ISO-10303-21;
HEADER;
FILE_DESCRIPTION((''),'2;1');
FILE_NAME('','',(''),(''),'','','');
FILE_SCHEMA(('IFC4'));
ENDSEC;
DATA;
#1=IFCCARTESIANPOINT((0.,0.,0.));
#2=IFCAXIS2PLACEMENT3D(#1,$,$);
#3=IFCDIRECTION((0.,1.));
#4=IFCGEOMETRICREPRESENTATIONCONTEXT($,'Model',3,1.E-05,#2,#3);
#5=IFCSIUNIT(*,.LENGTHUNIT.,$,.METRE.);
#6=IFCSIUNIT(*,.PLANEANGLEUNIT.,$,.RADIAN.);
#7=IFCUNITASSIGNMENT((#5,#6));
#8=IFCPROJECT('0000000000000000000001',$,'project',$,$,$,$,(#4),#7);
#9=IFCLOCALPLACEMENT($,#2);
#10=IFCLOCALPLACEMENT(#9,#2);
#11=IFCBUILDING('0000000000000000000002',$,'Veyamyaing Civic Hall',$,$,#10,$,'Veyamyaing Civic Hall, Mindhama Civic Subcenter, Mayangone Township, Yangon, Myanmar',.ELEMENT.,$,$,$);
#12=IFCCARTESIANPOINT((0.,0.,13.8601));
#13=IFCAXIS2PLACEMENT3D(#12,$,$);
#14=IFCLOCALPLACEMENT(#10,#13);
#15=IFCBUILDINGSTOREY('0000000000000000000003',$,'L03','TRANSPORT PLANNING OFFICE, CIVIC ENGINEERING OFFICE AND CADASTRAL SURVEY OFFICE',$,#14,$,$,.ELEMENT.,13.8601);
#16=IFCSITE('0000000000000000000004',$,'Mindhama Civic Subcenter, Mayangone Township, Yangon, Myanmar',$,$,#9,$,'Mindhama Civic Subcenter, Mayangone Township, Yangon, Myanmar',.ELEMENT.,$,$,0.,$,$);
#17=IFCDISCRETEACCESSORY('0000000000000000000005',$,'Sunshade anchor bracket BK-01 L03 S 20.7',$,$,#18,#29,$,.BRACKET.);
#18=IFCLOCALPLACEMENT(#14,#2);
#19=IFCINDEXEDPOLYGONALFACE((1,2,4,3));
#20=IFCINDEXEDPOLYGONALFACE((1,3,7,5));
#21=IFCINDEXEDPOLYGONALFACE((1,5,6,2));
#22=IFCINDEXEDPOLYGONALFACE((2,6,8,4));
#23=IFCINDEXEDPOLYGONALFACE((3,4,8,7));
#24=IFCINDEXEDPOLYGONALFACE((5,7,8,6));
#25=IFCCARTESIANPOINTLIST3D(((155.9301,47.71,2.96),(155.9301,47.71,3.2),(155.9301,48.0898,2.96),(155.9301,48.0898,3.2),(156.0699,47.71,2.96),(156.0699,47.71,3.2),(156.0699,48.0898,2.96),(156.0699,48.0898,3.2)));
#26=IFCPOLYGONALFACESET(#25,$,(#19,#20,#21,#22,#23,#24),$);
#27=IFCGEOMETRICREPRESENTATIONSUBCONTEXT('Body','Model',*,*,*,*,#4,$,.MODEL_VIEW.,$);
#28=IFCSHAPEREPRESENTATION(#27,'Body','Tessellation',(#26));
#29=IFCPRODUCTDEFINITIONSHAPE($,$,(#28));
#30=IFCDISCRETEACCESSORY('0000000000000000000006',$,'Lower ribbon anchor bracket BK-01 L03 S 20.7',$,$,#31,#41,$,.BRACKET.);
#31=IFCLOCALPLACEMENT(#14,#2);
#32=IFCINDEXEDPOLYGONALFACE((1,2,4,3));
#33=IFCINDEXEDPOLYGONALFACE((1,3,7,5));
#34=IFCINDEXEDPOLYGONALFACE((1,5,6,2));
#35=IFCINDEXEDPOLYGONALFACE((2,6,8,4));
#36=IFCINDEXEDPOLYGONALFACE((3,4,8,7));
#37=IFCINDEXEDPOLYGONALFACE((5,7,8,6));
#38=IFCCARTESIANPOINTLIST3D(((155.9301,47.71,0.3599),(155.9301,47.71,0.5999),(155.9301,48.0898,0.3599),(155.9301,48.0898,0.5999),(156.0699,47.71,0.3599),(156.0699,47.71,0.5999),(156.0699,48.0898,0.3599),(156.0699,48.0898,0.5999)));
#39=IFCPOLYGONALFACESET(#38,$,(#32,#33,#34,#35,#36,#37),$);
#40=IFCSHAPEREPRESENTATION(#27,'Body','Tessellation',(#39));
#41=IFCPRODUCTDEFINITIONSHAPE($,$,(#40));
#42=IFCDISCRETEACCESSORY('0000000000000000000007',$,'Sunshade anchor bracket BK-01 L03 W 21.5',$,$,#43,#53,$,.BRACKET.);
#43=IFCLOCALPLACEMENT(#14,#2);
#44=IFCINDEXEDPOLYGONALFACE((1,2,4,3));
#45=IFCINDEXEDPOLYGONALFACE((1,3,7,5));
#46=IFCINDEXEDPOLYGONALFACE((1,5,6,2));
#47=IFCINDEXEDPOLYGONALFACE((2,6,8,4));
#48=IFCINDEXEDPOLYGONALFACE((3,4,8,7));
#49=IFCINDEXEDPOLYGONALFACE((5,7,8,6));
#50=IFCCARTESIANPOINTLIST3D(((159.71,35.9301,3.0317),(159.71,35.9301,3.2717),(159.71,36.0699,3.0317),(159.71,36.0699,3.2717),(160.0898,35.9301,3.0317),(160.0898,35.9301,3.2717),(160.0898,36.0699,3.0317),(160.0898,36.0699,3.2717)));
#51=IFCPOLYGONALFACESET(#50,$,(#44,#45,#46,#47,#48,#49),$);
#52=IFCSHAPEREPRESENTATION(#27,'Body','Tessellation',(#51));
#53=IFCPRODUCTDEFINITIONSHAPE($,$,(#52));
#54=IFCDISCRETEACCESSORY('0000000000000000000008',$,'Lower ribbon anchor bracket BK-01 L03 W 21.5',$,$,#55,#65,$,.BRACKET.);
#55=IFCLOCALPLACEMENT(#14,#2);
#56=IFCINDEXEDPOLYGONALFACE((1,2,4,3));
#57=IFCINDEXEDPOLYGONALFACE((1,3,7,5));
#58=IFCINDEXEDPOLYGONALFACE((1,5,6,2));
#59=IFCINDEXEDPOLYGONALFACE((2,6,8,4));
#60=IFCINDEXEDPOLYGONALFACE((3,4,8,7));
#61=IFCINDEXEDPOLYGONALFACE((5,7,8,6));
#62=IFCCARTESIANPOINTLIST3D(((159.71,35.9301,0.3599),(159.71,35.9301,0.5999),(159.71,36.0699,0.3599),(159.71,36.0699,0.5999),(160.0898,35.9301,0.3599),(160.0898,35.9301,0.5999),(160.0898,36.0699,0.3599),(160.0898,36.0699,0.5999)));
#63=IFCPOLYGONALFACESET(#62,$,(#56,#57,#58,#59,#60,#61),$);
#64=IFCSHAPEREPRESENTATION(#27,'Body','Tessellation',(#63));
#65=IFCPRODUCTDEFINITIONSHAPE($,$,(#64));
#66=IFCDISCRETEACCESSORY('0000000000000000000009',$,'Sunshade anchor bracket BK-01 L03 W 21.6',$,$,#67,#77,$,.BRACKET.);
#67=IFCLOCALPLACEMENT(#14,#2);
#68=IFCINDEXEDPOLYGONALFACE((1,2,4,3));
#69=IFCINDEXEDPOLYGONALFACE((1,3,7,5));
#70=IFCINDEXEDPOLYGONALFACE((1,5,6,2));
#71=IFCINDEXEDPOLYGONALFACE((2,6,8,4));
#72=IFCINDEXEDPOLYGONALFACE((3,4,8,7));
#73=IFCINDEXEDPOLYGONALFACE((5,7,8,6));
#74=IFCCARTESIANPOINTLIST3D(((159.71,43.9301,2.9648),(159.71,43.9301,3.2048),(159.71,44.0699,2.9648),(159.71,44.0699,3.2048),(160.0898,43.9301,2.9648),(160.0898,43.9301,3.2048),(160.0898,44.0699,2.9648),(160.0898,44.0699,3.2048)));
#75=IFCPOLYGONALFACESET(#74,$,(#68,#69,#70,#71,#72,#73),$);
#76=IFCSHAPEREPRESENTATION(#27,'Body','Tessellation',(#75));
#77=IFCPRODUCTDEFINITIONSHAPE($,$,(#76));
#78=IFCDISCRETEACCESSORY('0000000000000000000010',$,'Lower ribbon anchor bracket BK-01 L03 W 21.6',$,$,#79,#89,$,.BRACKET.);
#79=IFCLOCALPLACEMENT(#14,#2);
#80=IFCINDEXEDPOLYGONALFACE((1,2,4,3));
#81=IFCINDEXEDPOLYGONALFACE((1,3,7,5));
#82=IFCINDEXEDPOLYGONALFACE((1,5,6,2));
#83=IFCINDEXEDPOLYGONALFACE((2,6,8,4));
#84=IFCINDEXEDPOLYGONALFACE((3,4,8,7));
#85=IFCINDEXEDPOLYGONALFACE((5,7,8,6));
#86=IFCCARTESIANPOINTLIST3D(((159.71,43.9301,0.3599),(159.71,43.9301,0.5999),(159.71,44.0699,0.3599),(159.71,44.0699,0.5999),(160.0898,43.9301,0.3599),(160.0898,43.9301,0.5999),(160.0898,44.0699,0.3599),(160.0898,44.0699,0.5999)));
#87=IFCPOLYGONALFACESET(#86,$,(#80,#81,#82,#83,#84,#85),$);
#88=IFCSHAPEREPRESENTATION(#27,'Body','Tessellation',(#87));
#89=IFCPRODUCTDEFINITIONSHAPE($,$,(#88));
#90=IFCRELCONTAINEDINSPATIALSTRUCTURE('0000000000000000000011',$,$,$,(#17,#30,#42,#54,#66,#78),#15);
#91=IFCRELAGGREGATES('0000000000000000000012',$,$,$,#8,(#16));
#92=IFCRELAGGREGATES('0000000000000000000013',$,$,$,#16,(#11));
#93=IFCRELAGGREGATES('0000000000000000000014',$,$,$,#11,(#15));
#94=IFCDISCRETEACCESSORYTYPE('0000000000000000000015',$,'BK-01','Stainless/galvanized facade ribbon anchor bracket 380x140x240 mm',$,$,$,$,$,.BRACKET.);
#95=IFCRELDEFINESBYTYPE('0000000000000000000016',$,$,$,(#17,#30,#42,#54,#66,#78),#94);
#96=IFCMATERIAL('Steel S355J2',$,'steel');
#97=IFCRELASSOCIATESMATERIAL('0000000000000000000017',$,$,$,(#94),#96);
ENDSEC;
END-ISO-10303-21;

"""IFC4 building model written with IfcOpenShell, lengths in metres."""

from ifc_helpers import new_model, si_unit, direction, frame, origin, origin_2d, place, context, subcontext, project, spatial, rectangle, extrude, material, type_object, element, save


model = new_model("IFC4")

# Units and contexts
model_context = context("Model", 3, precision=1e-05, world=origin(), true_north=direction((0.0, 1.0)))
body_context = subcontext(model_context, "Body", "Model", "MODEL_VIEW")
ifc_project = project(units=[si_unit("LENGTHUNIT", "METRE"), si_unit("PLANEANGLEUNIT", "RADIAN")], contexts=[model_context])

# Site, building, storey
site_placement = place(None, origin())
site = spatial("IfcSite", under=ifc_project, at=site_placement, Name="Mindhama Civic Subcenter, Mayangone Township, Yangon, Myanmar", LongName="Mindhama Civic Subcenter, Mayangone Township, Yangon, Myanmar", CompositionType="ELEMENT", RefElevation=0.0)
building_placement = place(site_placement, origin())
building = spatial("IfcBuilding", under=site, at=building_placement, Name="Veyamyaing Civic Hall", LongName="Veyamyaing Civic Hall, Mindhama Civic Subcenter, Mayangone Township, Yangon, Myanmar", CompositionType="ELEMENT")
storey_placement = place(building_placement, frame((0.0, 0.0, 13.8601)))
storey = spatial("IfcBuildingStorey", under=building, at=storey_placement, Name="L03", Description="TRANSPORT PLANNING OFFICE, CIVIC ENGINEERING OFFICE AND CADASTRAL SURVEY OFFICE", CompositionType="ELEMENT", Elevation=13.8601)

# Discrete accessories
ifc_material_1 = material(Name="Steel S355J2", Category="steel")
discrete_accessory_type = type_object("IfcDiscreteAccessoryType", Name="BK-01", Description="Stainless/galvanized facade ribbon anchor bracket 380x140x240 mm", PredefinedType="BRACKET", material=ifc_material_1)
for number, where, z_axis, x_axis, name in (
    (1, (156.0, 47.8999, 2.96), (0.0, 0.0, 1.0), (0.0, -1.0, 0.0), "Sunshade anchor bracket BK-01 L03 S 20.7"),
    (2, (156.0, 47.8999, 0.3599), (0.0, 0.0, 1.0), (0.0, -1.0, 0.0), "Lower ribbon anchor bracket BK-01 L03 S 20.7"),
    (3, (159.8999, 36.0, 3.0317), (0.0, 0.0, 1.0), (-1.0, 0.0, 0.0), "Sunshade anchor bracket BK-01 L03 W 21.5"),
    (4, (159.8999, 36.0, 0.3599), (0.0, 0.0, 1.0), (-1.0, 0.0, 0.0), "Lower ribbon anchor bracket BK-01 L03 W 21.5"),
    (5, (159.8999, 44.0, 2.9648), (0.0, 0.0, 1.0), (-1.0, 0.0, 0.0), "Sunshade anchor bracket BK-01 L03 W 21.6"),
    (6, (159.8999, 44.0, 0.3599), (0.0, 0.0, 1.0), (-1.0, 0.0, 0.0), "Lower ribbon anchor bracket BK-01 L03 W 21.6"),
):
    element("IfcDiscreteAccessory", number, at=place(storey_placement, frame(where, z_axis=z_axis, x_axis=x_axis)), inside=storey, type_object=discrete_accessory_type, Name=name, PredefinedType="BRACKET", context=body_context, shape_type="SweptSolid", body=[
        extrude(rectangle(XDim=0.3799, YDim=0.1399, at=origin_2d()), origin(), (0.0, 0.0, 1.0), 0.24),
    ])

save(model, "model.ifc")
